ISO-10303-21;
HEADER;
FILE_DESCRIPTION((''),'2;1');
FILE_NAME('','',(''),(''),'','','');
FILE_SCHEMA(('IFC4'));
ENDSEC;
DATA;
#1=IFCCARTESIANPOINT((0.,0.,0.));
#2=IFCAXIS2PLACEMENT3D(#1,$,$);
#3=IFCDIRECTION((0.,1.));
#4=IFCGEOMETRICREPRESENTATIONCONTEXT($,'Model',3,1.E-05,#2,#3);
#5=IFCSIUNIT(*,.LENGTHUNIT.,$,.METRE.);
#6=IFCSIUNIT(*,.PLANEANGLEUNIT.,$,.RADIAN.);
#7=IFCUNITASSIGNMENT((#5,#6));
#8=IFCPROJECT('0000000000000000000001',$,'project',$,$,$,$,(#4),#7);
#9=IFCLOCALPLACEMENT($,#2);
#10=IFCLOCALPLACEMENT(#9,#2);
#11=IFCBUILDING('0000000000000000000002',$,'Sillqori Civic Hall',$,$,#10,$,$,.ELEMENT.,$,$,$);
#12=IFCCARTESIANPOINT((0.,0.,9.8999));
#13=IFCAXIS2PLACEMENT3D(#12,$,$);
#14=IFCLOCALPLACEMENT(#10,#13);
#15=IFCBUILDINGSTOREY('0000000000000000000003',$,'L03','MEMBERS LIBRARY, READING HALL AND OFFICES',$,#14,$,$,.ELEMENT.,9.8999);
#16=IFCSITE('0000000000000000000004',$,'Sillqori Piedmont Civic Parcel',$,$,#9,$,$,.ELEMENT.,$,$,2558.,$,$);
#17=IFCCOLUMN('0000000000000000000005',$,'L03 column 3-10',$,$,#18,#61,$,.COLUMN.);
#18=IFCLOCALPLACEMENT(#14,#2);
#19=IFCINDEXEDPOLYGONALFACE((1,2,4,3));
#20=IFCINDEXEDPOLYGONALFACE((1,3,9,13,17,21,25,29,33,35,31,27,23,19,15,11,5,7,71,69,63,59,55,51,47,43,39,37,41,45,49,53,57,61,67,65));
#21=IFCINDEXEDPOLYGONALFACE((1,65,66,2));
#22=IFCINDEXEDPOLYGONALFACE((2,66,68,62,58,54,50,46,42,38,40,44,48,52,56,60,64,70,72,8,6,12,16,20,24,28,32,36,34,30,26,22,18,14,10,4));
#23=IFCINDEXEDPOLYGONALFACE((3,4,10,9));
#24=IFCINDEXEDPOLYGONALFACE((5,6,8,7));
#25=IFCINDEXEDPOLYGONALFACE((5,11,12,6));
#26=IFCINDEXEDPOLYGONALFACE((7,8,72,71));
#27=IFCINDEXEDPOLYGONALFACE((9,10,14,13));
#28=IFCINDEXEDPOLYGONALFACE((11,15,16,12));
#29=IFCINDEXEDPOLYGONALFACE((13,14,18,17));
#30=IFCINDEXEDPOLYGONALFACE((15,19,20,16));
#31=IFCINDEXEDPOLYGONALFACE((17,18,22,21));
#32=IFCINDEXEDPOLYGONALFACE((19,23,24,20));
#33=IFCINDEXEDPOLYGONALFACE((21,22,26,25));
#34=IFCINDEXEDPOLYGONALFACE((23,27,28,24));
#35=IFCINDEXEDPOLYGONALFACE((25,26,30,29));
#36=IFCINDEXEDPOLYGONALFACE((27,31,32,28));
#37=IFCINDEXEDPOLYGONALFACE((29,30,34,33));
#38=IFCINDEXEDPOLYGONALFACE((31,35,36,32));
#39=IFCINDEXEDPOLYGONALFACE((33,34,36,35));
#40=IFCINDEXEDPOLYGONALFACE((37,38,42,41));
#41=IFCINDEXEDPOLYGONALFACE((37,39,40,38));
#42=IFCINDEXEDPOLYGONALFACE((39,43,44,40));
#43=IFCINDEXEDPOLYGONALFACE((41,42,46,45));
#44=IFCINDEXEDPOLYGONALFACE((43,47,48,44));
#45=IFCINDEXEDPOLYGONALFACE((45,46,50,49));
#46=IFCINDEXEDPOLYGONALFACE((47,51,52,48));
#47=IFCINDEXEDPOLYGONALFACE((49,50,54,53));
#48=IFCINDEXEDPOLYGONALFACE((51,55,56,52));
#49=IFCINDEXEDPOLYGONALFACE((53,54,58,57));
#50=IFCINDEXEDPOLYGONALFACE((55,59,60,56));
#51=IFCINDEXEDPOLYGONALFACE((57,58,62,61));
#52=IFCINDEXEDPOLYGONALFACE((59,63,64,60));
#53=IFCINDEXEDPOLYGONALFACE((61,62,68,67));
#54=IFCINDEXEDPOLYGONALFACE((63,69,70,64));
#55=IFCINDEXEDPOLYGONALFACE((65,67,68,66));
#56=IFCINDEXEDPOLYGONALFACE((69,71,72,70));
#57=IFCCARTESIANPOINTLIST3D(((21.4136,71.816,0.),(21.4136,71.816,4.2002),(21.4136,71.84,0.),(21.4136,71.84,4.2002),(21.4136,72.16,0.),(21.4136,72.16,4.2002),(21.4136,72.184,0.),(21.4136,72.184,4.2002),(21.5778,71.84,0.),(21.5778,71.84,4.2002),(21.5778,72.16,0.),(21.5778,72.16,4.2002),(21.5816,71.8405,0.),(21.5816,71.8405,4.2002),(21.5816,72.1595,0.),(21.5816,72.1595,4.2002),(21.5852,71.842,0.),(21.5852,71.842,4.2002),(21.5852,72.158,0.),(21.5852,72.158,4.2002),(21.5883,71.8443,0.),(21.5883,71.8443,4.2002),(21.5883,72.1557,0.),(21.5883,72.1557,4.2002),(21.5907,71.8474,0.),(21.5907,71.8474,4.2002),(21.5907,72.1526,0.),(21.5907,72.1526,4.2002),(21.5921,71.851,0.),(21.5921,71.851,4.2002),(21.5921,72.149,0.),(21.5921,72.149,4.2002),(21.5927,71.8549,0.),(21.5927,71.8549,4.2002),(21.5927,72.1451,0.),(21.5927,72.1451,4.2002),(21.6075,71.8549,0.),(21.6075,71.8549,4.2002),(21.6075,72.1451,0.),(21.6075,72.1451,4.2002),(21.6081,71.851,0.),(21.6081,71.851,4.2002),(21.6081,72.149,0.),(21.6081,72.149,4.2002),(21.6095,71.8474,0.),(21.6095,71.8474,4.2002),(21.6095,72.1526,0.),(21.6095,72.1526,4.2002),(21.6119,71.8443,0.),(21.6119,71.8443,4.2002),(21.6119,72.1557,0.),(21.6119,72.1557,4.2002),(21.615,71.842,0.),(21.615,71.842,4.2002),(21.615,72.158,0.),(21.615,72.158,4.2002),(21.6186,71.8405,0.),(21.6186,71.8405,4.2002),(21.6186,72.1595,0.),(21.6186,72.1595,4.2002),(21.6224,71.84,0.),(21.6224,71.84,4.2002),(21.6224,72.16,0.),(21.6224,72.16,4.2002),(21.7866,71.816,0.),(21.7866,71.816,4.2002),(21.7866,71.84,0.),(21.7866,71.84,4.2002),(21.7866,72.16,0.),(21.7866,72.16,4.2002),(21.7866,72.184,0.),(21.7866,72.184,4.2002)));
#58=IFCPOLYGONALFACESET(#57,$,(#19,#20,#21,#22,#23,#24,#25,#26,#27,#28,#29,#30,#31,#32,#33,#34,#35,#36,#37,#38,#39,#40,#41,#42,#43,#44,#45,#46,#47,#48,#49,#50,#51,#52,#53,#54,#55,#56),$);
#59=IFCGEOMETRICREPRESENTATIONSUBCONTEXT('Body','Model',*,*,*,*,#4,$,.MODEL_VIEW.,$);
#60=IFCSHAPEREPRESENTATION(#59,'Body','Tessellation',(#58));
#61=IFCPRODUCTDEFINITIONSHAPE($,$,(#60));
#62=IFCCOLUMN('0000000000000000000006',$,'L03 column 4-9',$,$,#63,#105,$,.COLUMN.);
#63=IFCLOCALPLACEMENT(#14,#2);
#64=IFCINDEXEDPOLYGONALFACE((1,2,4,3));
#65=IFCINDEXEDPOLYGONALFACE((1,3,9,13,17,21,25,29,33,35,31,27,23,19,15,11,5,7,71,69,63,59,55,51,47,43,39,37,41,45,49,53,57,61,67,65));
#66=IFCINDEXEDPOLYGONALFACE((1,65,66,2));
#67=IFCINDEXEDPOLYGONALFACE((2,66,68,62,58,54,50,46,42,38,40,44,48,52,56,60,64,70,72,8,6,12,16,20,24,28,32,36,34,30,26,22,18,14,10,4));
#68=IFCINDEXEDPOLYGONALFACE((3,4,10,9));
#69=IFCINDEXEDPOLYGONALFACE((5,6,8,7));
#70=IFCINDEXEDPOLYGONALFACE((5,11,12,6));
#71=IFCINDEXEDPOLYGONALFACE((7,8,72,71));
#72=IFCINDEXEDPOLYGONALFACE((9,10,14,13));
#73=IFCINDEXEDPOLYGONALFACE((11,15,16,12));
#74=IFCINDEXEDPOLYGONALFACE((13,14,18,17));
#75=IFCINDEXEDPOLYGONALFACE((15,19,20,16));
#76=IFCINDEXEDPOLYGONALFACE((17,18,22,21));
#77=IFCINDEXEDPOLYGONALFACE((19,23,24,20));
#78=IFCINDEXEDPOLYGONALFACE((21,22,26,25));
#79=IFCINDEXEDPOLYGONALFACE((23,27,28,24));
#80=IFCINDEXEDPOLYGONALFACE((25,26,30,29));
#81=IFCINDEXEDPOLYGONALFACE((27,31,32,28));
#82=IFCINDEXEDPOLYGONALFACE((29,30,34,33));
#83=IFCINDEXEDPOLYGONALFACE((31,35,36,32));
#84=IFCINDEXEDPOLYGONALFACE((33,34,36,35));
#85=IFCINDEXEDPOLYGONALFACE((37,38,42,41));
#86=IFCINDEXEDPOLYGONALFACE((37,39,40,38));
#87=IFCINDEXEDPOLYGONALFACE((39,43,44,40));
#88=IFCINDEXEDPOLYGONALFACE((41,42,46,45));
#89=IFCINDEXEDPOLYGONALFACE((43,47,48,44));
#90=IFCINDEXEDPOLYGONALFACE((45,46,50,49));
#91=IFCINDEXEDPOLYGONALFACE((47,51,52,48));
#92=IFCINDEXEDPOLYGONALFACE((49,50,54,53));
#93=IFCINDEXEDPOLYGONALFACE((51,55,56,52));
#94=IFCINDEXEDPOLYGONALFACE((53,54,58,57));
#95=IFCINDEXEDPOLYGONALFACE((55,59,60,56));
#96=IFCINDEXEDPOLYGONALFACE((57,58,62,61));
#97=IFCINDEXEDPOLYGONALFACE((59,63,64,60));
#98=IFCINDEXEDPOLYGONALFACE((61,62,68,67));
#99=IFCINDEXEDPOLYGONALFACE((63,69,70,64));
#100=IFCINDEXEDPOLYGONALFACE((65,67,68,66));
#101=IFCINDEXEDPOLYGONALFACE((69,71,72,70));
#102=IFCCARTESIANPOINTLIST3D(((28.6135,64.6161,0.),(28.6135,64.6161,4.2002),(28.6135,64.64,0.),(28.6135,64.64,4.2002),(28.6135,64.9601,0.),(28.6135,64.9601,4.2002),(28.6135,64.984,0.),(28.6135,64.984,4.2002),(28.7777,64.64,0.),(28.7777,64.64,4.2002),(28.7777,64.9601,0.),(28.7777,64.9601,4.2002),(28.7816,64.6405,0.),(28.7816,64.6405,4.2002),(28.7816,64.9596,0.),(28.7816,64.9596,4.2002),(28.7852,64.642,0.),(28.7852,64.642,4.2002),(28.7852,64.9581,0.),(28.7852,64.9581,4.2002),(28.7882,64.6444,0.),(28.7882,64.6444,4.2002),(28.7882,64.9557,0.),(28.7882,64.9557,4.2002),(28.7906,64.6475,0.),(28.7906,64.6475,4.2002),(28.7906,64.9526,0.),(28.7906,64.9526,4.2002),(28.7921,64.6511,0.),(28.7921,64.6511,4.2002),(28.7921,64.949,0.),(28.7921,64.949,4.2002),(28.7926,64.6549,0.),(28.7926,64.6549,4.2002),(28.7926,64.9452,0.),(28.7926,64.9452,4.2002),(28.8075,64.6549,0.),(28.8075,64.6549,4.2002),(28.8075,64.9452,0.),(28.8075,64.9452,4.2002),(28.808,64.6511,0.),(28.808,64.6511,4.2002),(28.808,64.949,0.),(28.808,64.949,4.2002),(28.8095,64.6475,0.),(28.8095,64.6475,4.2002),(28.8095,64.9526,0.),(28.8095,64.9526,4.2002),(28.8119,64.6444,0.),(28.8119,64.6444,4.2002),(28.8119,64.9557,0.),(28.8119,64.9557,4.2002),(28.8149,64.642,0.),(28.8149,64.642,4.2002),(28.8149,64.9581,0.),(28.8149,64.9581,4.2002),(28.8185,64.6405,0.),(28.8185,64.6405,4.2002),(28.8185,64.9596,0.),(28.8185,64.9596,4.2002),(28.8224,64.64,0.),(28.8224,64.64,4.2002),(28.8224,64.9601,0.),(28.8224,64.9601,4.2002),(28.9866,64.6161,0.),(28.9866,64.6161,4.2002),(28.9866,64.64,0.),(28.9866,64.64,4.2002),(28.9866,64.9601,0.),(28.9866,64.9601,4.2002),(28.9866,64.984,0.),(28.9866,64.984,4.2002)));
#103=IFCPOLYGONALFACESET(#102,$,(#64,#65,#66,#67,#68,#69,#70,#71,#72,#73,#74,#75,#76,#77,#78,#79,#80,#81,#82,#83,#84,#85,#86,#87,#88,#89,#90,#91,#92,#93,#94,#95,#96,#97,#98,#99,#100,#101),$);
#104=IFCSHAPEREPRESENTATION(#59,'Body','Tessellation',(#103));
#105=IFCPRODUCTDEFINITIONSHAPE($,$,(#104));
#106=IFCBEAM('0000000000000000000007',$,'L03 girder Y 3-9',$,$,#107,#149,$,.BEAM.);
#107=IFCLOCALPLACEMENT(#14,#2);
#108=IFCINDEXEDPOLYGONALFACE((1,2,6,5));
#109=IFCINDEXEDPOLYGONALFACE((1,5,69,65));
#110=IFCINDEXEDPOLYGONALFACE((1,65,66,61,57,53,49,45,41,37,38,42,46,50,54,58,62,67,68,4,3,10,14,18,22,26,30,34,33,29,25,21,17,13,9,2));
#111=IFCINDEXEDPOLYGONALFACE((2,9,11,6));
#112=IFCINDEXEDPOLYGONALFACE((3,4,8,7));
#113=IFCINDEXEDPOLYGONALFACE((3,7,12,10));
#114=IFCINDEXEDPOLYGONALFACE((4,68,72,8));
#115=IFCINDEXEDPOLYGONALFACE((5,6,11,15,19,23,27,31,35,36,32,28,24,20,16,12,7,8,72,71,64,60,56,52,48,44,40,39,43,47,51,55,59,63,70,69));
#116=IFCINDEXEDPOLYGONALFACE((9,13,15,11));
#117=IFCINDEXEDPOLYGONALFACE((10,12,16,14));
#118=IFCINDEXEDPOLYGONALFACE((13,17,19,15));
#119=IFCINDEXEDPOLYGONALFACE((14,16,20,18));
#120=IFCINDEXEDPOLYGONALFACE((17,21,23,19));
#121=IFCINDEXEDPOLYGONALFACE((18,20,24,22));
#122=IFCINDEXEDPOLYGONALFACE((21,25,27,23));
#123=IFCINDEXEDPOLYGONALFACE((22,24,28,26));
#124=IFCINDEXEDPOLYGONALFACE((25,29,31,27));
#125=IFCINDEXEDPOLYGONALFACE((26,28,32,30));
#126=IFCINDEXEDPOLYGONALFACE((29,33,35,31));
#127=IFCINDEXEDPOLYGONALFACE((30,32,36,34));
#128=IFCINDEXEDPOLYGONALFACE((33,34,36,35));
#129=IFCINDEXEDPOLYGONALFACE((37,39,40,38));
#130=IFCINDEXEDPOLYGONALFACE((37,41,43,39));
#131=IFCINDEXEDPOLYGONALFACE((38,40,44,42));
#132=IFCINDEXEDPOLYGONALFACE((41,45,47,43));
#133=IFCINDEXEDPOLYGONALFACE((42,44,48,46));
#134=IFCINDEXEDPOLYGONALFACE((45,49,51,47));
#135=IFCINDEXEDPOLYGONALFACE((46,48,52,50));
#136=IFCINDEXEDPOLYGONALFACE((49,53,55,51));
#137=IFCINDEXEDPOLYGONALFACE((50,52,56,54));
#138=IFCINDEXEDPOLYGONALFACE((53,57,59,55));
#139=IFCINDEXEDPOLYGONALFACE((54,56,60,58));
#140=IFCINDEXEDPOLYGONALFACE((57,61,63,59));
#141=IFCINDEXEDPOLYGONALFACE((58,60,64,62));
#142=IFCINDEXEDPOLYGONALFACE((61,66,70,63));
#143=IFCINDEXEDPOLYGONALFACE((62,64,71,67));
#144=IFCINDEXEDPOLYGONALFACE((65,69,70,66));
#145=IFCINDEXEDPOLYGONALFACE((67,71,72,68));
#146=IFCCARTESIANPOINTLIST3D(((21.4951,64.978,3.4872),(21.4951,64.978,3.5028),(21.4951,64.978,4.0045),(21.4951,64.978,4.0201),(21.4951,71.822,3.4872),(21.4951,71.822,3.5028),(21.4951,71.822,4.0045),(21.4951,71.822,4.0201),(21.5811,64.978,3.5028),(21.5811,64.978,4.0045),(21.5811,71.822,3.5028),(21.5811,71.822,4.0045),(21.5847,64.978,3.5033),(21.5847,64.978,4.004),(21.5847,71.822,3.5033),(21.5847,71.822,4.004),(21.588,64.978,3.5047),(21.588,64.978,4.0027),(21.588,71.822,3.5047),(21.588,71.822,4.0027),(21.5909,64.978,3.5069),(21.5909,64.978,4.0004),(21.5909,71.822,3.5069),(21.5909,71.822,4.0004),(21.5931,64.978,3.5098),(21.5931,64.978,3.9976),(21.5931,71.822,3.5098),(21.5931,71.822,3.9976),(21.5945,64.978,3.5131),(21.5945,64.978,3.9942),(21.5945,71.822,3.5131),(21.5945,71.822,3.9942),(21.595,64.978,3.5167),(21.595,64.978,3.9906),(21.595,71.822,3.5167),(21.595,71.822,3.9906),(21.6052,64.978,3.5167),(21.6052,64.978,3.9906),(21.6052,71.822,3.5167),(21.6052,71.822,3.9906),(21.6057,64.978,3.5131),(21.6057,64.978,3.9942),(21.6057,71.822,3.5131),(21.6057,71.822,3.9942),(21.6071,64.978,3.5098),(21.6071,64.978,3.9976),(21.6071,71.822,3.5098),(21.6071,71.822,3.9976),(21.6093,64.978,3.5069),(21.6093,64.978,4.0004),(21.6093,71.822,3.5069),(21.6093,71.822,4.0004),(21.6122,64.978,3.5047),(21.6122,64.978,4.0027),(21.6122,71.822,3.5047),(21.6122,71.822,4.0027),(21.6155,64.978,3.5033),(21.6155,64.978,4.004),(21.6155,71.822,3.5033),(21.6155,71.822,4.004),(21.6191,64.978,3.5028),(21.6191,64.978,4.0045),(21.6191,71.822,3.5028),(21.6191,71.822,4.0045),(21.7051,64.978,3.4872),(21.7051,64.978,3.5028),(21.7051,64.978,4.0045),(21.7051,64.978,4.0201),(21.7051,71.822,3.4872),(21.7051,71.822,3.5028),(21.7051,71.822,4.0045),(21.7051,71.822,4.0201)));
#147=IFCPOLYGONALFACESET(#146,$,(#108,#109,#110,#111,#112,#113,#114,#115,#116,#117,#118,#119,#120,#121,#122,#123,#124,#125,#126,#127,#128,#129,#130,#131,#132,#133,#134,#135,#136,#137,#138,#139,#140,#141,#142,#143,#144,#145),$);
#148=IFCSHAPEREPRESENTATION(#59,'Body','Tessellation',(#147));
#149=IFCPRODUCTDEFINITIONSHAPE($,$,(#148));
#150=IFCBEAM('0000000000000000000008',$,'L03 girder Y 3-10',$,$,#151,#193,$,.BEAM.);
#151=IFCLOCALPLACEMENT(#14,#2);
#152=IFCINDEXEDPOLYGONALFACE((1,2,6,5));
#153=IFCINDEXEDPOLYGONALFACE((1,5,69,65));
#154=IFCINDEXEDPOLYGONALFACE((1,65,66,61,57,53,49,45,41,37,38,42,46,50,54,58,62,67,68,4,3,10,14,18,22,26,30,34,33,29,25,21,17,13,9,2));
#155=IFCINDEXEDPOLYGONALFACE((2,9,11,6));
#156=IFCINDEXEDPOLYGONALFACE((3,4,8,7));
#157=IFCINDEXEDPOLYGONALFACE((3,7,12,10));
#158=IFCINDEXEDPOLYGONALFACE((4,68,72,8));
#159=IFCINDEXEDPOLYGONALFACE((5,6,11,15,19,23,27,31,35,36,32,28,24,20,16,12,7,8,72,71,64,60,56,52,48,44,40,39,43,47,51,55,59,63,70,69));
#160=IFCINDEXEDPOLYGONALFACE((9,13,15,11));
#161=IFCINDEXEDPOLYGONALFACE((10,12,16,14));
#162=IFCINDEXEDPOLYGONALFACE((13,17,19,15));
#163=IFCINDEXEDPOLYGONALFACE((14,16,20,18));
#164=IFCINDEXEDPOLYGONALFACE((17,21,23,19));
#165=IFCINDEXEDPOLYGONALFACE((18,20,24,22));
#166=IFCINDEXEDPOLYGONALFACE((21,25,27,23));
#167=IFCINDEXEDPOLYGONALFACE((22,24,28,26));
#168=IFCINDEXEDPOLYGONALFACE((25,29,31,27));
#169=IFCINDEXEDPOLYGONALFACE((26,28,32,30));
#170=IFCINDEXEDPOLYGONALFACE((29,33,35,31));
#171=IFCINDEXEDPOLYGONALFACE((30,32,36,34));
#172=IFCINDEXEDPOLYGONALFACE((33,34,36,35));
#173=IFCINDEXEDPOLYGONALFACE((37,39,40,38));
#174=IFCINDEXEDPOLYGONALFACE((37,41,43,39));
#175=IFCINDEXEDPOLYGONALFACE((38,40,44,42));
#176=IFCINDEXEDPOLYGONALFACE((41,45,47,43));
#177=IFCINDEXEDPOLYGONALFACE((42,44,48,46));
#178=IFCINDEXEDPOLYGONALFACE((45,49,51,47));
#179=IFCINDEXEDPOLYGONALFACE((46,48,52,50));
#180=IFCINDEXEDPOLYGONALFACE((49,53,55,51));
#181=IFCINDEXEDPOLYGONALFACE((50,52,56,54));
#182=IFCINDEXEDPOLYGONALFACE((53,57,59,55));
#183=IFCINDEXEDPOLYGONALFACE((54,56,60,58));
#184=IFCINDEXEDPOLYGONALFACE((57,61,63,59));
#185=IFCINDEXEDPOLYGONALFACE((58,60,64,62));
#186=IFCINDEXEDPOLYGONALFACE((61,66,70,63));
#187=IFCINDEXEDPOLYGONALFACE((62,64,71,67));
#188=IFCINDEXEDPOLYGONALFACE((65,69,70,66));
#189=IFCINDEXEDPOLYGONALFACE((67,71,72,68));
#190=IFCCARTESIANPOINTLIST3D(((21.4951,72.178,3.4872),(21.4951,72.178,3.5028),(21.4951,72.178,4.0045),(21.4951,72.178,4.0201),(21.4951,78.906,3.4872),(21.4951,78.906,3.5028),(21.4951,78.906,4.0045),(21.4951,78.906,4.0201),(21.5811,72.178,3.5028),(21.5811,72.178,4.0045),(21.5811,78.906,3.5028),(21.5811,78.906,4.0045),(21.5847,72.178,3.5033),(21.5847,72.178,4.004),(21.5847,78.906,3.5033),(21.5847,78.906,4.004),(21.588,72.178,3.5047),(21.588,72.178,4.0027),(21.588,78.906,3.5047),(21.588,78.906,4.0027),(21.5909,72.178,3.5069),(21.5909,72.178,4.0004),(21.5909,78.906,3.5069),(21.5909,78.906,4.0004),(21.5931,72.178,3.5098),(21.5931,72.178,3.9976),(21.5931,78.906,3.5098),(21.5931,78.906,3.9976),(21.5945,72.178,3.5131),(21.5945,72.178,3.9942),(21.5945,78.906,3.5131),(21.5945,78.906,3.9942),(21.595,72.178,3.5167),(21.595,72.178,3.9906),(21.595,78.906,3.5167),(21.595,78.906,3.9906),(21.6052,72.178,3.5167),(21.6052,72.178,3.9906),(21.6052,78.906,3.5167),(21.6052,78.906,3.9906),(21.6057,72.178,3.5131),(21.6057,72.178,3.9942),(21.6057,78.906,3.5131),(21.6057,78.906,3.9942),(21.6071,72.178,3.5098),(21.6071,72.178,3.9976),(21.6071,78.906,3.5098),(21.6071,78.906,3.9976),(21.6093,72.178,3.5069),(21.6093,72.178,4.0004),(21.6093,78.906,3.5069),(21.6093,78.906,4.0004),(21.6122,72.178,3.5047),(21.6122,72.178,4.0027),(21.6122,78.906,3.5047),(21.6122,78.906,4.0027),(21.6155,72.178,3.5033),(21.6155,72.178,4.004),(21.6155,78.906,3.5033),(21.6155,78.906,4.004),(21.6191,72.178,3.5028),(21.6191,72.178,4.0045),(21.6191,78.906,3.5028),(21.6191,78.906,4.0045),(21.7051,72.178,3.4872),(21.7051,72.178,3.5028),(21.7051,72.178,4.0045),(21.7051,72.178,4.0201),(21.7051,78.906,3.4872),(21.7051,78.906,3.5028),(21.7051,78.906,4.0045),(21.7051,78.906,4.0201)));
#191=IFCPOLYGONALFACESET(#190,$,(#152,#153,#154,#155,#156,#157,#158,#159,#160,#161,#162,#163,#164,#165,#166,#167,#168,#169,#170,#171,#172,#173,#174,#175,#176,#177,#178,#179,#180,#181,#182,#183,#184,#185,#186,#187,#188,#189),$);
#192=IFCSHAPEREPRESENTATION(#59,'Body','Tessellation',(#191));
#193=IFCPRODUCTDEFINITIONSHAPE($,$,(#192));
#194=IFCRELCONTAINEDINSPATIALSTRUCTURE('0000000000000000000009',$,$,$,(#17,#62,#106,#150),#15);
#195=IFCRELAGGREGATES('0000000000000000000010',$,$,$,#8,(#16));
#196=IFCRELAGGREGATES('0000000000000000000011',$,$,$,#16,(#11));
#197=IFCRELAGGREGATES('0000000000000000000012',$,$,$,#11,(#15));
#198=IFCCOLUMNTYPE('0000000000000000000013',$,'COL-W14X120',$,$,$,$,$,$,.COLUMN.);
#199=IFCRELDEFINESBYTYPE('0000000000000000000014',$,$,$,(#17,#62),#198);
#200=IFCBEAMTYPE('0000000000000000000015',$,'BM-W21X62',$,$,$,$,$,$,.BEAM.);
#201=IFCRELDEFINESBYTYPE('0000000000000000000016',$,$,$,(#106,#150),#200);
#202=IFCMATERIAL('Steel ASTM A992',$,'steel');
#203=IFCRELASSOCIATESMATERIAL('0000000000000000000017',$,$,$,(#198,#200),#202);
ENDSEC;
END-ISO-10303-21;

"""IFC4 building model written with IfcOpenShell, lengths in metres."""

from ifc_helpers import new_model, si_unit, direction, frame, origin, origin_2d, place, context, subcontext, project, spatial, i_section, extrude, material, material_profile, profile_set, type_object, element, save


model = new_model("IFC4")

# Units and contexts
model_context = context("Model", 3, precision=1e-05, world=origin(), true_north=direction((0.0, 1.0)))
body_context = subcontext(model_context, "Body", "Model", "MODEL_VIEW")
ifc_project = project(units=[si_unit("LENGTHUNIT", "METRE"), si_unit("PLANEANGLEUNIT", "RADIAN")], contexts=[model_context])

# Site, building, storey
site_placement = place(None, origin())
site = spatial("IfcSite", under=ifc_project, at=site_placement, Name="Sillqori Piedmont Civic Parcel", CompositionType="ELEMENT", RefElevation=2558.0)
building_placement = place(site_placement, origin())
building = spatial("IfcBuilding", under=site, at=building_placement, Name="Sillqori Civic Hall", CompositionType="ELEMENT")
storey_placement = place(building_placement, frame((0.0, 0.0, 9.8999)))
storey = spatial("IfcBuildingStorey", under=building, at=storey_placement, Name="L03", Description="MEMBERS LIBRARY, READING HALL AND OFFICES", CompositionType="ELEMENT", Elevation=9.8999)

# Columns
ifc_material_1 = material(Name="Steel ASTM A992", Category="steel")
ifc_material_profile_1 = material_profile(ifc_material_1, i_section(OverallWidth=0.373, OverallDepth=0.3679, WebThickness=0.0149, FlangeThickness=0.0239, FilletRadius=0.0149, at=origin_2d()), Name="W14X120")
ifc_profile_set_1 = profile_set([ifc_material_profile_1], Name="Steel ASTM A992")
column_type = type_object("IfcColumnType", Name="COL-W14X120", PredefinedType="COLUMN", material=ifc_profile_set_1)
for number, where, z_axis, x_axis, name in (
    (1, (21.6001, 72.0, 0.0), (0.0, 0.0, 1.0), (1.0, 0.0, 0.0), "L03 column 3-10"),
    (2, (28.8, 64.8, 0.0), (0.0, 0.0, 1.0), (1.0, 0.0, 0.0), "L03 column 4-9"),
):
    element("IfcColumn", number, at=place(storey_placement, frame(where, z_axis=z_axis, x_axis=x_axis)), inside=storey, type_object=column_type, Name=name, PredefinedType="COLUMN", context=body_context, shape_type="SweptSolid", body=[
        extrude(i_section(OverallWidth=0.373, OverallDepth=0.3679, WebThickness=0.0149, FlangeThickness=0.0239, FilletRadius=0.0149, at=origin_2d()), origin(), (0.0, 0.0, 1.0), 4.2002),
    ])

# Beams
ifc_material_profile_2 = material_profile(ifc_material_1, i_section(OverallWidth=0.21, OverallDepth=0.533, WebThickness=0.0103, FlangeThickness=0.0156, FilletRadius=0.0139, at=origin_2d()), Name="W21X62")
ifc_profile_set_2 = profile_set([ifc_material_profile_2], Name="Steel ASTM A992")
beam_type_1 = type_object("IfcBeamType", Name="BM-W21X62", PredefinedType="BEAM", material=ifc_profile_set_2)
beam_1_placement = place(storey_placement, frame((21.6001, 64.978, 3.7537), z_axis=(0.0, 1.0, 0.0), x_axis=(-1.0, 0.0, 0.0)))
element("IfcBeam", 3, at=beam_1_placement, inside=storey, type_object=beam_type_1, Name="L03 girder Y 3-9", PredefinedType="BEAM", context=body_context, shape_type="SweptSolid", body=[
    extrude(i_section(OverallWidth=0.21, OverallDepth=0.533, WebThickness=0.0103, FlangeThickness=0.0156, FilletRadius=0.0139, at=origin_2d()), origin(), (0.0, 0.0, 1.0), 6.844),
])
beam_2_placement = place(storey_placement, frame((21.6001, 72.178, 3.7537), z_axis=(0.0, 1.0, 0.0), x_axis=(-1.0, 0.0, 0.0)))
element("IfcBeam", 4, at=beam_2_placement, inside=storey, type_object=beam_type_1, Name="L03 girder Y 3-10", PredefinedType="BEAM", context=body_context, shape_type="SweptSolid", body=[
    extrude(i_section(OverallWidth=0.21, OverallDepth=0.533, WebThickness=0.0103, FlangeThickness=0.0156, FilletRadius=0.0139, at=origin_2d()), origin(), (0.0, 0.0, 1.0), 6.728),
])

save(model, "model.ifc")
